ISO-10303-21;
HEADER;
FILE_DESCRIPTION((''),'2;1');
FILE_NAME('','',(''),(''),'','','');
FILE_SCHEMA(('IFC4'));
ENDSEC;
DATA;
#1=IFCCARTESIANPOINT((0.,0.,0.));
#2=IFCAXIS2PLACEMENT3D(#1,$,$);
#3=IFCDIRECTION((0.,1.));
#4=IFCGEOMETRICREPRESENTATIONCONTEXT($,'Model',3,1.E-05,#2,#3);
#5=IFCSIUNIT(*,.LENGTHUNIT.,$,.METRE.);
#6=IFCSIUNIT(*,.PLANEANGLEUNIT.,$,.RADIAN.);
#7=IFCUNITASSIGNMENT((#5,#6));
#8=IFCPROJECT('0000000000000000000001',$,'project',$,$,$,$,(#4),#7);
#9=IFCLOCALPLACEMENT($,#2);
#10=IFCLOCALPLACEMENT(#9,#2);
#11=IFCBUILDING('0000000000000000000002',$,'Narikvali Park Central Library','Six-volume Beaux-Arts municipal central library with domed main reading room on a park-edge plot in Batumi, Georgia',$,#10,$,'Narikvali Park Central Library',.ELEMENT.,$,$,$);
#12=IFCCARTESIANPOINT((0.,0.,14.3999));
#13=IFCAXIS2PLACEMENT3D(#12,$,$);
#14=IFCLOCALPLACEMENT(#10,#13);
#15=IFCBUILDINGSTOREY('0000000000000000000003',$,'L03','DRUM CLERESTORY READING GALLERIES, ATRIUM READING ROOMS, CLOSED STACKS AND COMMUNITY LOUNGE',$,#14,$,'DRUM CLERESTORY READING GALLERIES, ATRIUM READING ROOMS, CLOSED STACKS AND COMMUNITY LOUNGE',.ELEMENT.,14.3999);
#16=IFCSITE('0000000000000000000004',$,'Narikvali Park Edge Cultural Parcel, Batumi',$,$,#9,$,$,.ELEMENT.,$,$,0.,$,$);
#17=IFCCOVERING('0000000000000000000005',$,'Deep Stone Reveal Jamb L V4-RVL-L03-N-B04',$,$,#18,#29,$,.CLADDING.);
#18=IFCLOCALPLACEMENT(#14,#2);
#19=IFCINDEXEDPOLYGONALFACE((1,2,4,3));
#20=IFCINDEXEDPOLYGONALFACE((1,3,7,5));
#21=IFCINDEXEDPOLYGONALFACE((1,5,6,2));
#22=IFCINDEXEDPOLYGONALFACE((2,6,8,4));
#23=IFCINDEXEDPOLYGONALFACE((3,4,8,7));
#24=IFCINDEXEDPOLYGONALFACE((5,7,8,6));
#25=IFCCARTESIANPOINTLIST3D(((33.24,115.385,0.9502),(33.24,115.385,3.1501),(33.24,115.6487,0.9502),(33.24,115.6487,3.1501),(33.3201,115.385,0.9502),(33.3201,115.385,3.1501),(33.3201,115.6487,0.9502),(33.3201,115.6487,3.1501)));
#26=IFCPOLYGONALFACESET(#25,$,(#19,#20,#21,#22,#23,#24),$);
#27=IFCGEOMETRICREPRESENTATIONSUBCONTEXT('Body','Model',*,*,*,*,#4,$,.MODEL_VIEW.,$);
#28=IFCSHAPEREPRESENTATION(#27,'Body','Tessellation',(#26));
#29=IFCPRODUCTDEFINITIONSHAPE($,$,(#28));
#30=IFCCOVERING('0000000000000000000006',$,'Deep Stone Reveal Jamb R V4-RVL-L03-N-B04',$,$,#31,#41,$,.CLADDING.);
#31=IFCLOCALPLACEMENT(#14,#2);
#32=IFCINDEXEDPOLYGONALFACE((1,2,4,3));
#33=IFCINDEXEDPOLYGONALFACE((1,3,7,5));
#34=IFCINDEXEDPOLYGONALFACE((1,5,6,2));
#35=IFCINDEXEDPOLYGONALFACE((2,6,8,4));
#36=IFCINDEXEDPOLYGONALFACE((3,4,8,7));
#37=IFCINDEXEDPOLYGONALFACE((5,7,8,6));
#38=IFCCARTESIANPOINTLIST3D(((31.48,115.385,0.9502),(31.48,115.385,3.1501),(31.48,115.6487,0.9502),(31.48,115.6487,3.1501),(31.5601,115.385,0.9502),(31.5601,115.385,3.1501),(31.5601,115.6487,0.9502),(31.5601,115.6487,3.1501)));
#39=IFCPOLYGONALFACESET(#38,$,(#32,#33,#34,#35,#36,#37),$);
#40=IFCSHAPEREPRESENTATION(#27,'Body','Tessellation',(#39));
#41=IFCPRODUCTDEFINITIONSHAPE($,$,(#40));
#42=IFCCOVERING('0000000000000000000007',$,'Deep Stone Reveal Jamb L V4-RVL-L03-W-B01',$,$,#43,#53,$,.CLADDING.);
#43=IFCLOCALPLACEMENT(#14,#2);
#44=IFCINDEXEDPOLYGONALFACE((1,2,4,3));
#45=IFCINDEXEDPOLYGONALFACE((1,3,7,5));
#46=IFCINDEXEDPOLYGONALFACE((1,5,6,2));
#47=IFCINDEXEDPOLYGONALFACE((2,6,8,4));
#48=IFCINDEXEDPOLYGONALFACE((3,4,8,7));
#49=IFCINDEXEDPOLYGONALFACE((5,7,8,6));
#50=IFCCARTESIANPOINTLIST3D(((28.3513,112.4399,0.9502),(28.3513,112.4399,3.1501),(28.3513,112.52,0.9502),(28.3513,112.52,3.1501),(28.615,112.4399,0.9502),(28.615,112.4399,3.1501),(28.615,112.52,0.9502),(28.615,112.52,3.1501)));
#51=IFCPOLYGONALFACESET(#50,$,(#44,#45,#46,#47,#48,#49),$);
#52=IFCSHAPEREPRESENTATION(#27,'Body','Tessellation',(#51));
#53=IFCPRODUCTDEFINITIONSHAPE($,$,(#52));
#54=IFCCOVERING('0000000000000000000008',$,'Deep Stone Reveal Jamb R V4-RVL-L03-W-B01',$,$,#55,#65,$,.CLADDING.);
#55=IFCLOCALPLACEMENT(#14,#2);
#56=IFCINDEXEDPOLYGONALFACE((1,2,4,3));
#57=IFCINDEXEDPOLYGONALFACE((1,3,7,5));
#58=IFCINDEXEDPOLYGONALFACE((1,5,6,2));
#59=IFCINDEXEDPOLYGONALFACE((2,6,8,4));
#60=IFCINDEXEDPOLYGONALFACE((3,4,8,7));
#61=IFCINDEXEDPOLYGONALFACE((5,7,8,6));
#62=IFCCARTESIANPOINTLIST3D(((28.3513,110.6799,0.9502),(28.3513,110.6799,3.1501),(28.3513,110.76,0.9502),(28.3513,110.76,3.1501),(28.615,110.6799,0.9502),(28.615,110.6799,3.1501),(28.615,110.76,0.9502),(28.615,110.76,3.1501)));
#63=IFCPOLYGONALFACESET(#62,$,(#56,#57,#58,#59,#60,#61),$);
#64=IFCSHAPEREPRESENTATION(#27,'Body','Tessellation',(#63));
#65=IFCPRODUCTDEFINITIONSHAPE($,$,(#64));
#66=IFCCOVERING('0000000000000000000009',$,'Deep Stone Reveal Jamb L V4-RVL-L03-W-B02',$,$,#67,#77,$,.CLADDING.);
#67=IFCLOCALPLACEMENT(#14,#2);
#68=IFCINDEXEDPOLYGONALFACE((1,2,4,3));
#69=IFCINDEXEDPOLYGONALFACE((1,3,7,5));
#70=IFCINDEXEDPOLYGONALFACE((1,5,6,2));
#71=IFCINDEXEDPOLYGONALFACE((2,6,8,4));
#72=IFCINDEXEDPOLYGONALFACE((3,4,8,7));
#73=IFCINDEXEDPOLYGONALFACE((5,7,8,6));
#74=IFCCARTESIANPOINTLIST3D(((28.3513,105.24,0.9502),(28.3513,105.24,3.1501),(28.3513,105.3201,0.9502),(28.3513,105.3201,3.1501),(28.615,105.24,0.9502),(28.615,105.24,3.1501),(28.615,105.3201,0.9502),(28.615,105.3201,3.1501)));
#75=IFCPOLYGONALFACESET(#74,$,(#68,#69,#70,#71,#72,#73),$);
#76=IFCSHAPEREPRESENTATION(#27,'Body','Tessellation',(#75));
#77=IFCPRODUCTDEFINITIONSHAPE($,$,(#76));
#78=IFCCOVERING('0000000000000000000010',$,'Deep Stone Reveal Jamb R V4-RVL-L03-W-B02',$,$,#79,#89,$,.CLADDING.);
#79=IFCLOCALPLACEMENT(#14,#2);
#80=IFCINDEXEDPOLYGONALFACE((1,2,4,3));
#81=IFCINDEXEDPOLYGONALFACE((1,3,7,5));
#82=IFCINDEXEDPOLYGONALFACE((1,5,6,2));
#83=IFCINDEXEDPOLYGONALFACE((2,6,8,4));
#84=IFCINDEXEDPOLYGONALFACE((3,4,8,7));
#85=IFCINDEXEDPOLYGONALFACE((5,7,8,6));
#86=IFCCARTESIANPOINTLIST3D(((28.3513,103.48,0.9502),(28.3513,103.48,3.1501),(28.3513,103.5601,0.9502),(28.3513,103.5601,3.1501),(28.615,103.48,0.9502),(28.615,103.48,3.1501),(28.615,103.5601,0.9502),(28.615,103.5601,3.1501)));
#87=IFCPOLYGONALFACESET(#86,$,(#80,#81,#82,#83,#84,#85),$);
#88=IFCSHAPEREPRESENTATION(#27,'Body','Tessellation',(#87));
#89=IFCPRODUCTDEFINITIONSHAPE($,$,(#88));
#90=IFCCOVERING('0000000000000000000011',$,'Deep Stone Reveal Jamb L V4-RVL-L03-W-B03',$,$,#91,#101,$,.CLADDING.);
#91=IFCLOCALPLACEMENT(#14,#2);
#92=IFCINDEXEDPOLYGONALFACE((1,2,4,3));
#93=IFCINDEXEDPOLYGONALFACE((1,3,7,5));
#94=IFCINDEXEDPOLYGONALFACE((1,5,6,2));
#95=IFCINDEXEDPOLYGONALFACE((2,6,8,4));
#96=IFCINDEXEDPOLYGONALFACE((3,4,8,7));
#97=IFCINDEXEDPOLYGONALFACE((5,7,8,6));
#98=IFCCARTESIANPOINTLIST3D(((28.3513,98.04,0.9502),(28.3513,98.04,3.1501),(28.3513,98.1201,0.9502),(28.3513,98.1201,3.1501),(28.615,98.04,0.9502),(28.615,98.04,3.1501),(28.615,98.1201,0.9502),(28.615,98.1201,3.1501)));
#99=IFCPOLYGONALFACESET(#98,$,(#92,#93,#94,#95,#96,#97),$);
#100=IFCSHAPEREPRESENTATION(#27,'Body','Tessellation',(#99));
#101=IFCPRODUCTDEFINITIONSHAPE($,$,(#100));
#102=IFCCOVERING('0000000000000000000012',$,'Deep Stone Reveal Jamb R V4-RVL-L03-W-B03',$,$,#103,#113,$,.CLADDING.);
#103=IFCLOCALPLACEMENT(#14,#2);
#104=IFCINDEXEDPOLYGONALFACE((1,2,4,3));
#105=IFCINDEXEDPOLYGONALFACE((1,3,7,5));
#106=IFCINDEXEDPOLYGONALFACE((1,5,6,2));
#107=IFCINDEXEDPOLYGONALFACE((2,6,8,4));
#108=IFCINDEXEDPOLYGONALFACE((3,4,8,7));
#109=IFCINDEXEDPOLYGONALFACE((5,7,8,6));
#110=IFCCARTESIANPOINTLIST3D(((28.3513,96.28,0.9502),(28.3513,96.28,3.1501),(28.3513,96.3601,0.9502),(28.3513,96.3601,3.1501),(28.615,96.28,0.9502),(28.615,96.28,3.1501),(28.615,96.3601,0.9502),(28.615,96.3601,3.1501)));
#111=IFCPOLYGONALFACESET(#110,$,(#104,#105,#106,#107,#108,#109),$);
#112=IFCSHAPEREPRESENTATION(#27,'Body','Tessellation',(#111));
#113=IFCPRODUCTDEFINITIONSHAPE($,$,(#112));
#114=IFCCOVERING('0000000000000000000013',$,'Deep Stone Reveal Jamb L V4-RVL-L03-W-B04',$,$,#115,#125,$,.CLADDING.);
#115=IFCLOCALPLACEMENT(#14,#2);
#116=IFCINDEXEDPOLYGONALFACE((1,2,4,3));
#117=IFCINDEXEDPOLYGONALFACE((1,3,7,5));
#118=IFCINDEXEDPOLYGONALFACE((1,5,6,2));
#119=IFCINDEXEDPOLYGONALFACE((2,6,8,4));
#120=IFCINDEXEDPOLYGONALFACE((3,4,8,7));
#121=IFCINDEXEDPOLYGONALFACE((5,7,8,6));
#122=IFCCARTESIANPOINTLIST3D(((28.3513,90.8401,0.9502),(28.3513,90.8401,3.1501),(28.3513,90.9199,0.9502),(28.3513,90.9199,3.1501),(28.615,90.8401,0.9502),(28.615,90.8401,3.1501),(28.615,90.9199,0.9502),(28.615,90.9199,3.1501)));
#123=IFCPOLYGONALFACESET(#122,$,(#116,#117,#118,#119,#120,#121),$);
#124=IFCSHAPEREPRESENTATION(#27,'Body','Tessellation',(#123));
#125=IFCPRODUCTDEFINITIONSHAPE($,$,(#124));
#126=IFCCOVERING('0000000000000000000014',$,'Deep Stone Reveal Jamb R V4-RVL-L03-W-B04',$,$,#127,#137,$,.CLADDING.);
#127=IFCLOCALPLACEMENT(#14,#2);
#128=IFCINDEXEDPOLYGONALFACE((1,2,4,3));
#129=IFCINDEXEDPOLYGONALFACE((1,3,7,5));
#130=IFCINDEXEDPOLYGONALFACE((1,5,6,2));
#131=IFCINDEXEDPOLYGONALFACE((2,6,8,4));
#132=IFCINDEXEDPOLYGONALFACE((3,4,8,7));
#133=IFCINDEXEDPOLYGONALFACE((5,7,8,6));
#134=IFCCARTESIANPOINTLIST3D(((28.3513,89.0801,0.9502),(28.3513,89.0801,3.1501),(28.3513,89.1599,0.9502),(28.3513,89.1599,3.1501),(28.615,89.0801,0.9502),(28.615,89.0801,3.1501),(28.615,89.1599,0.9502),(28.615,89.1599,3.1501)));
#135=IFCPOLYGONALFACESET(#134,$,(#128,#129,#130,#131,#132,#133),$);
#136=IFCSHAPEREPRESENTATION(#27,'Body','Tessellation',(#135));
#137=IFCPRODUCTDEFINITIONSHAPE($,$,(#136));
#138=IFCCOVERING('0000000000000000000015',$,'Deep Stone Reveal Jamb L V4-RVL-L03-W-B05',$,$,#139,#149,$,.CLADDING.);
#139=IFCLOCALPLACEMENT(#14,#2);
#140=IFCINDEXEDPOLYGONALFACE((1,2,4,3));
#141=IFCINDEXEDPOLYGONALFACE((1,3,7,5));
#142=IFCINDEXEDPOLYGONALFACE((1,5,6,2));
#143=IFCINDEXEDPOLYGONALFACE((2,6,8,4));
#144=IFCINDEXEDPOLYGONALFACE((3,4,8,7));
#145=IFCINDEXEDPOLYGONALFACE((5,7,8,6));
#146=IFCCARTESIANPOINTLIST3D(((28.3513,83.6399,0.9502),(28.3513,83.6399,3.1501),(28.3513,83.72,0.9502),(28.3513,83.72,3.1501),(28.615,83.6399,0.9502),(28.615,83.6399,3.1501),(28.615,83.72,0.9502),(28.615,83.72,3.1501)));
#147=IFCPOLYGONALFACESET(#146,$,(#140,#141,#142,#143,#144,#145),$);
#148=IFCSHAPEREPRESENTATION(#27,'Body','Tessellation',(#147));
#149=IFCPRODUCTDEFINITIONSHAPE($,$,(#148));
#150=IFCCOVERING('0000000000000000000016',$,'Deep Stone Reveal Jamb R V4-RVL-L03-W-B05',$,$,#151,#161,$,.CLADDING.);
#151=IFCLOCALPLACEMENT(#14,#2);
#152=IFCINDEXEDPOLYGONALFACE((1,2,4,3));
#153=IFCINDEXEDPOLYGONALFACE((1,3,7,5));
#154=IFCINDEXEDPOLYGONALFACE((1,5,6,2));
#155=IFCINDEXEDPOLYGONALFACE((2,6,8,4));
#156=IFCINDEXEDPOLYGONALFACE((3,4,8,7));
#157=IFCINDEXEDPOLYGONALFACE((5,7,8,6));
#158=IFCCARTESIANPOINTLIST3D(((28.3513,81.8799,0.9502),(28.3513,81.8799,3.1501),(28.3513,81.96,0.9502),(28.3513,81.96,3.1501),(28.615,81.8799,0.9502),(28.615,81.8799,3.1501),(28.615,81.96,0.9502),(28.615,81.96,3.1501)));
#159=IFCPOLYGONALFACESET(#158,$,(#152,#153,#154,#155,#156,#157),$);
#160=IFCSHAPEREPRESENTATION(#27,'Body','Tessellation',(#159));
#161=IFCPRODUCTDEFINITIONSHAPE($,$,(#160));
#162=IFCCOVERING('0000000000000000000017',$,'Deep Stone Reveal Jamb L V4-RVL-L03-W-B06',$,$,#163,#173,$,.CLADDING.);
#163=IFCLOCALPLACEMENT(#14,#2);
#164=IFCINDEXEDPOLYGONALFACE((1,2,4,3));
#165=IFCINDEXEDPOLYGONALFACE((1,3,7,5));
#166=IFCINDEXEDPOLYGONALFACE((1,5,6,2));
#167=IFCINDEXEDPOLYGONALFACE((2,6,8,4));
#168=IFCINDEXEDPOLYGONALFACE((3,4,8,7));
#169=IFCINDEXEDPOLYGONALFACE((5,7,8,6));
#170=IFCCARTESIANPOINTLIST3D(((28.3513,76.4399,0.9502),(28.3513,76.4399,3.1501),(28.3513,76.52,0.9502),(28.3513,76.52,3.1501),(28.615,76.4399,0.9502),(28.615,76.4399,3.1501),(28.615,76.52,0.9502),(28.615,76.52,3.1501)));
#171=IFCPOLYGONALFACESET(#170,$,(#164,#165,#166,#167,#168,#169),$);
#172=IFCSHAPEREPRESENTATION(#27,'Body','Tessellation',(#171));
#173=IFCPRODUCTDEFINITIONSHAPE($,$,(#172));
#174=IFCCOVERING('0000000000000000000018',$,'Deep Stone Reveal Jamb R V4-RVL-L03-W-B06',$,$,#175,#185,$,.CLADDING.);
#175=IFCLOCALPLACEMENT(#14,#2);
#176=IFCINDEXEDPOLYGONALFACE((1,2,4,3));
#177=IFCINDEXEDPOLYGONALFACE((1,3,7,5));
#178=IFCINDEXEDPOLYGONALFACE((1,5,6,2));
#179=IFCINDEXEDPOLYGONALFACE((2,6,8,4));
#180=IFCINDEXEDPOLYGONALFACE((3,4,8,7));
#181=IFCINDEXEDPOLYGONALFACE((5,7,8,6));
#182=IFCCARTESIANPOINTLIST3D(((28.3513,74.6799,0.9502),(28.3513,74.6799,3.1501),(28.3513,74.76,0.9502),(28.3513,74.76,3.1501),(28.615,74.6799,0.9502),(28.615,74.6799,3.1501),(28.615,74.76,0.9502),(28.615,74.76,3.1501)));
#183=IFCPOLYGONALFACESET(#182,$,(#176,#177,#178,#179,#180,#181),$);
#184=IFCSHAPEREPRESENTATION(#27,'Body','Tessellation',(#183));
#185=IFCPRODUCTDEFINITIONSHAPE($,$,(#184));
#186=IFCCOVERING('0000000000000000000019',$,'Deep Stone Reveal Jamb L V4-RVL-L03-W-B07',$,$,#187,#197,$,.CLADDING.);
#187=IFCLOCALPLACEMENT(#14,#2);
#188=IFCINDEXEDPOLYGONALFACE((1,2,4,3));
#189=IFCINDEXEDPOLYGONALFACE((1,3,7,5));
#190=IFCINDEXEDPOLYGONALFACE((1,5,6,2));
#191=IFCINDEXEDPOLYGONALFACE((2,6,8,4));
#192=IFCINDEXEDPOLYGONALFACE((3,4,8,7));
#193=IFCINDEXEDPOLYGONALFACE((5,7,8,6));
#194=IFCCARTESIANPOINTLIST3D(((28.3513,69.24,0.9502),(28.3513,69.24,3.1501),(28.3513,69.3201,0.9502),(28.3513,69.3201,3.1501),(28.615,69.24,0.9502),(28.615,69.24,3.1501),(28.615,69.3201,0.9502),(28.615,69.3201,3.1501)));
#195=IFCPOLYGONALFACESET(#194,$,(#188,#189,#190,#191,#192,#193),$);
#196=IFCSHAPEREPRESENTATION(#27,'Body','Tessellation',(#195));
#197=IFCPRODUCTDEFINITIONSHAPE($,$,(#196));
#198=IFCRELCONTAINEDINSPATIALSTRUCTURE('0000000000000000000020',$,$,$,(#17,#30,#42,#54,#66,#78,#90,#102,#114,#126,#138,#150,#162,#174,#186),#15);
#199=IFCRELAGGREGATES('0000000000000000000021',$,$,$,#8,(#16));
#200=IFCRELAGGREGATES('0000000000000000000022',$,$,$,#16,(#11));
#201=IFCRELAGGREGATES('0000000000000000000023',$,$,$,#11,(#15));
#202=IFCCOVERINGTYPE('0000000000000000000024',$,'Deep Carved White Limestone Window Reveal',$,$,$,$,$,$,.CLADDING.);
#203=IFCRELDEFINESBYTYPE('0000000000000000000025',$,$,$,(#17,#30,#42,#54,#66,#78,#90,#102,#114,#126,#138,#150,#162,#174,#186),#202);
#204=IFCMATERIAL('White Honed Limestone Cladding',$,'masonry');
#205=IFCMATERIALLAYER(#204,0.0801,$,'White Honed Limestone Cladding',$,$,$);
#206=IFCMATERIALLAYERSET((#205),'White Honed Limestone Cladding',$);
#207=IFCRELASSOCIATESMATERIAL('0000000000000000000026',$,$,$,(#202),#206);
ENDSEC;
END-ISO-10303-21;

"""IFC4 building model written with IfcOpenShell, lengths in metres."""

from ifc_helpers import new_model, si_unit, direction, frame, origin, place, context, subcontext, project, spatial, polyline, outline, extrude, material, layer, layer_set, type_object, element, save


model = new_model("IFC4")

# Units and contexts
model_context = context("Model", 3, precision=1e-05, world=origin(), true_north=direction((0.0, 1.0)))
body_context = subcontext(model_context, "Body", "Model", "MODEL_VIEW")
ifc_project = project(units=[si_unit("LENGTHUNIT", "METRE"), si_unit("PLANEANGLEUNIT", "RADIAN")], contexts=[model_context])

# Site, building, storey
site_placement = place(None, origin())
site = spatial("IfcSite", under=ifc_project, at=site_placement, Name="Narikvali Park Edge Cultural Parcel, Batumi", CompositionType="ELEMENT", RefElevation=0.0)
building_placement = place(site_placement, origin())
building = spatial("IfcBuilding", under=site, at=building_placement, Name="Narikvali Park Central Library", Description="Six-volume Beaux-Arts municipal central library with domed main reading room on a park-edge plot in Batumi, Georgia", LongName="Narikvali Park Central Library", CompositionType="ELEMENT")
storey_placement = place(building_placement, frame((0.0, 0.0, 14.3999)))
storey = spatial("IfcBuildingStorey", under=building, at=storey_placement, Name="L03", Description="DRUM CLERESTORY READING GALLERIES, ATRIUM READING ROOMS, CLOSED STACKS AND COMMUNITY LOUNGE", LongName="DRUM CLERESTORY READING GALLERIES, ATRIUM READING ROOMS, CLOSED STACKS AND COMMUNITY LOUNGE", CompositionType="ELEMENT", Elevation=14.3999)

# Coverings
ifc_material = material(Name="White Honed Limestone Cladding", Category="masonry")
ifc_layer = layer(ifc_material, 0.0801, Name="White Honed Limestone Cladding")
ifc_layer_set = layer_set([ifc_layer], Name="White Honed Limestone Cladding")
covering_type = type_object("IfcCoveringType", Name="Deep Carved White Limestone Window Reveal", PredefinedType="CLADDING", material=ifc_layer_set)
covering_1_placement = place(storey_placement, frame((0.0, 0.0, 0.9502)))
element("IfcCovering", 1, at=covering_1_placement, inside=storey, type_object=covering_type, Name="Deep Stone Reveal Jamb L V4-RVL-L03-N-B04", PredefinedType="CLADDING", context=body_context, shape_type="SweptSolid", body=[
    extrude(outline(polyline([(33.3201, 115.385), (33.24, 115.385), (33.24, 115.6487), (33.3201, 115.6487), (33.3201, 115.385)])), origin(), (0.0, 0.0, 1.0), 2.2),
])
covering_2_placement = place(storey_placement, frame((0.0, 0.0, 0.9502)))
element("IfcCovering", 2, at=covering_2_placement, inside=storey, type_object=covering_type, Name="Deep Stone Reveal Jamb R V4-RVL-L03-N-B04", PredefinedType="CLADDING", context=body_context, shape_type="SweptSolid", body=[
    extrude(outline(polyline([(31.5601, 115.385), (31.48, 115.385), (31.48, 115.6487), (31.5601, 115.6487), (31.5601, 115.385)])), origin(), (0.0, 0.0, 1.0), 2.2),
])
covering_3_placement = place(storey_placement, frame((0.0, 0.0, 0.9502)))
element("IfcCovering", 3, at=covering_3_placement, inside=storey, type_object=covering_type, Name="Deep Stone Reveal Jamb L V4-RVL-L03-W-B01", PredefinedType="CLADDING", context=body_context, shape_type="SweptSolid", body=[
    extrude(outline(polyline([(28.615, 112.52), (28.615, 112.4399), (28.3513, 112.4399), (28.3513, 112.52), (28.615, 112.52)])), origin(), (0.0, 0.0, 1.0), 2.2),
])
covering_4_placement = place(storey_placement, frame((0.0, 0.0, 0.9502)))
element("IfcCovering", 4, at=covering_4_placement, inside=storey, type_object=covering_type, Name="Deep Stone Reveal Jamb R V4-RVL-L03-W-B01", PredefinedType="CLADDING", context=body_context, shape_type="SweptSolid", body=[
    extrude(outline(polyline([(28.615, 110.76), (28.615, 110.6799), (28.3513, 110.6799), (28.3513, 110.76), (28.615, 110.76)])), origin(), (0.0, 0.0, 1.0), 2.2),
])
covering_5_placement = place(storey_placement, frame((0.0, 0.0, 0.9502)))
element("IfcCovering", 5, at=covering_5_placement, inside=storey, type_object=covering_type, Name="Deep Stone Reveal Jamb L V4-RVL-L03-W-B02", PredefinedType="CLADDING", context=body_context, shape_type="SweptSolid", body=[
    extrude(outline(polyline([(28.615, 105.3201), (28.615, 105.24), (28.3513, 105.24), (28.3513, 105.3201), (28.615, 105.3201)])), origin(), (0.0, 0.0, 1.0), 2.2),
])
covering_6_placement = place(storey_placement, frame((0.0, 0.0, 0.9502)))
element("IfcCovering", 6, at=covering_6_placement, inside=storey, type_object=covering_type, Name="Deep Stone Reveal Jamb R V4-RVL-L03-W-B02", PredefinedType="CLADDING", context=body_context, shape_type="SweptSolid", body=[
    extrude(outline(polyline([(28.615, 103.5601), (28.615, 103.48), (28.3513, 103.48), (28.3513, 103.5601), (28.615, 103.5601)])), origin(), (0.0, 0.0, 1.0), 2.2),
])
covering_7_placement = place(storey_placement, frame((0.0, 0.0, 0.9502)))
element("IfcCovering", 7, at=covering_7_placement, inside=storey, type_object=covering_type, Name="Deep Stone Reveal Jamb L V4-RVL-L03-W-B03", PredefinedType="CLADDING", context=body_context, shape_type="SweptSolid", body=[
    extrude(outline(polyline([(28.615, 98.1201), (28.615, 98.04), (28.3513, 98.04), (28.3513, 98.1201), (28.615, 98.1201)])), origin(), (0.0, 0.0, 1.0), 2.2),
])
covering_8_placement = place(storey_placement, frame((0.0, 0.0, 0.9502)))
element("IfcCovering", 8, at=covering_8_placement, inside=storey, type_object=covering_type, Name="Deep Stone Reveal Jamb R V4-RVL-L03-W-B03", PredefinedType="CLADDING", context=body_context, shape_type="SweptSolid", body=[
    extrude(outline(polyline([(28.615, 96.3601), (28.615, 96.28), (28.3513, 96.28), (28.3513, 96.3601), (28.615, 96.3601)])), origin(), (0.0, 0.0, 1.0), 2.2),
])
covering_9_placement = place(storey_placement, frame((0.0, 0.0, 0.9502)))
element("IfcCovering", 9, at=covering_9_placement, inside=storey, type_object=covering_type, Name="Deep Stone Reveal Jamb L V4-RVL-L03-W-B04", PredefinedType="CLADDING", context=body_context, shape_type="SweptSolid", body=[
    extrude(outline(polyline([(28.615, 90.9199), (28.615, 90.8401), (28.3513, 90.8401), (28.3513, 90.9199), (28.615, 90.9199)])), origin(), (0.0, 0.0, 1.0), 2.2),
])
covering_10_placement = place(storey_placement, frame((0.0, 0.0, 0.9502)))
element("IfcCovering", 10, at=covering_10_placement, inside=storey, type_object=covering_type, Name="Deep Stone Reveal Jamb R V4-RVL-L03-W-B04", PredefinedType="CLADDING", context=body_context, shape_type="SweptSolid", body=[
    extrude(outline(polyline([(28.615, 89.1599), (28.615, 89.0801), (28.3513, 89.0801), (28.3513, 89.1599), (28.615, 89.1599)])), origin(), (0.0, 0.0, 1.0), 2.2),
])
covering_11_placement = place(storey_placement, frame((0.0, 0.0, 0.9502)))
element("IfcCovering", 11, at=covering_11_placement, inside=storey, type_object=covering_type, Name="Deep Stone Reveal Jamb L V4-RVL-L03-W-B05", PredefinedType="CLADDING", context=body_context, shape_type="SweptSolid", body=[
    extrude(outline(polyline([(28.615, 83.72), (28.615, 83.6399), (28.3513, 83.6399), (28.3513, 83.72), (28.615, 83.72)])), origin(), (0.0, 0.0, 1.0), 2.2),
])
covering_12_placement = place(storey_placement, frame((0.0, 0.0, 0.9502)))
element("IfcCovering", 12, at=covering_12_placement, inside=storey, type_object=covering_type, Name="Deep Stone Reveal Jamb R V4-RVL-L03-W-B05", PredefinedType="CLADDING", context=body_context, shape_type="SweptSolid", body=[
    extrude(outline(polyline([(28.615, 81.96), (28.615, 81.8799), (28.3513, 81.8799), (28.3513, 81.96), (28.615, 81.96)])), origin(), (0.0, 0.0, 1.0), 2.2),
])
covering_13_placement = place(storey_placement, frame((0.0, 0.0, 0.9502)))
element("IfcCovering", 13, at=covering_13_placement, inside=storey, type_object=covering_type, Name="Deep Stone Reveal Jamb L V4-RVL-L03-W-B06", PredefinedType="CLADDING", context=body_context, shape_type="SweptSolid", body=[
    extrude(outline(polyline([(28.615, 76.52), (28.615, 76.4399), (28.3513, 76.4399), (28.3513, 76.52), (28.615, 76.52)])), origin(), (0.0, 0.0, 1.0), 2.2),
])
covering_14_placement = place(storey_placement, frame((0.0, 0.0, 0.9502)))
element("IfcCovering", 14, at=covering_14_placement, inside=storey, type_object=covering_type, Name="Deep Stone Reveal Jamb R V4-RVL-L03-W-B06", PredefinedType="CLADDING", context=body_context, shape_type="SweptSolid", body=[
    extrude(outline(polyline([(28.615, 74.76), (28.615, 74.6799), (28.3513, 74.6799), (28.3513, 74.76), (28.615, 74.76)])), origin(), (0.0, 0.0, 1.0), 2.2),
])
covering_15_placement = place(storey_placement, frame((0.0, 0.0, 0.9502)))
element("IfcCovering", 15, at=covering_15_placement, inside=storey, type_object=covering_type, Name="Deep Stone Reveal Jamb L V4-RVL-L03-W-B07", PredefinedType="CLADDING", context=body_context, shape_type="SweptSolid", body=[
    extrude(outline(polyline([(28.615, 69.3201), (28.615, 69.24), (28.3513, 69.24), (28.3513, 69.3201), (28.615, 69.3201)])), origin(), (0.0, 0.0, 1.0), 2.2),
])

save(model, "model.ifc")
